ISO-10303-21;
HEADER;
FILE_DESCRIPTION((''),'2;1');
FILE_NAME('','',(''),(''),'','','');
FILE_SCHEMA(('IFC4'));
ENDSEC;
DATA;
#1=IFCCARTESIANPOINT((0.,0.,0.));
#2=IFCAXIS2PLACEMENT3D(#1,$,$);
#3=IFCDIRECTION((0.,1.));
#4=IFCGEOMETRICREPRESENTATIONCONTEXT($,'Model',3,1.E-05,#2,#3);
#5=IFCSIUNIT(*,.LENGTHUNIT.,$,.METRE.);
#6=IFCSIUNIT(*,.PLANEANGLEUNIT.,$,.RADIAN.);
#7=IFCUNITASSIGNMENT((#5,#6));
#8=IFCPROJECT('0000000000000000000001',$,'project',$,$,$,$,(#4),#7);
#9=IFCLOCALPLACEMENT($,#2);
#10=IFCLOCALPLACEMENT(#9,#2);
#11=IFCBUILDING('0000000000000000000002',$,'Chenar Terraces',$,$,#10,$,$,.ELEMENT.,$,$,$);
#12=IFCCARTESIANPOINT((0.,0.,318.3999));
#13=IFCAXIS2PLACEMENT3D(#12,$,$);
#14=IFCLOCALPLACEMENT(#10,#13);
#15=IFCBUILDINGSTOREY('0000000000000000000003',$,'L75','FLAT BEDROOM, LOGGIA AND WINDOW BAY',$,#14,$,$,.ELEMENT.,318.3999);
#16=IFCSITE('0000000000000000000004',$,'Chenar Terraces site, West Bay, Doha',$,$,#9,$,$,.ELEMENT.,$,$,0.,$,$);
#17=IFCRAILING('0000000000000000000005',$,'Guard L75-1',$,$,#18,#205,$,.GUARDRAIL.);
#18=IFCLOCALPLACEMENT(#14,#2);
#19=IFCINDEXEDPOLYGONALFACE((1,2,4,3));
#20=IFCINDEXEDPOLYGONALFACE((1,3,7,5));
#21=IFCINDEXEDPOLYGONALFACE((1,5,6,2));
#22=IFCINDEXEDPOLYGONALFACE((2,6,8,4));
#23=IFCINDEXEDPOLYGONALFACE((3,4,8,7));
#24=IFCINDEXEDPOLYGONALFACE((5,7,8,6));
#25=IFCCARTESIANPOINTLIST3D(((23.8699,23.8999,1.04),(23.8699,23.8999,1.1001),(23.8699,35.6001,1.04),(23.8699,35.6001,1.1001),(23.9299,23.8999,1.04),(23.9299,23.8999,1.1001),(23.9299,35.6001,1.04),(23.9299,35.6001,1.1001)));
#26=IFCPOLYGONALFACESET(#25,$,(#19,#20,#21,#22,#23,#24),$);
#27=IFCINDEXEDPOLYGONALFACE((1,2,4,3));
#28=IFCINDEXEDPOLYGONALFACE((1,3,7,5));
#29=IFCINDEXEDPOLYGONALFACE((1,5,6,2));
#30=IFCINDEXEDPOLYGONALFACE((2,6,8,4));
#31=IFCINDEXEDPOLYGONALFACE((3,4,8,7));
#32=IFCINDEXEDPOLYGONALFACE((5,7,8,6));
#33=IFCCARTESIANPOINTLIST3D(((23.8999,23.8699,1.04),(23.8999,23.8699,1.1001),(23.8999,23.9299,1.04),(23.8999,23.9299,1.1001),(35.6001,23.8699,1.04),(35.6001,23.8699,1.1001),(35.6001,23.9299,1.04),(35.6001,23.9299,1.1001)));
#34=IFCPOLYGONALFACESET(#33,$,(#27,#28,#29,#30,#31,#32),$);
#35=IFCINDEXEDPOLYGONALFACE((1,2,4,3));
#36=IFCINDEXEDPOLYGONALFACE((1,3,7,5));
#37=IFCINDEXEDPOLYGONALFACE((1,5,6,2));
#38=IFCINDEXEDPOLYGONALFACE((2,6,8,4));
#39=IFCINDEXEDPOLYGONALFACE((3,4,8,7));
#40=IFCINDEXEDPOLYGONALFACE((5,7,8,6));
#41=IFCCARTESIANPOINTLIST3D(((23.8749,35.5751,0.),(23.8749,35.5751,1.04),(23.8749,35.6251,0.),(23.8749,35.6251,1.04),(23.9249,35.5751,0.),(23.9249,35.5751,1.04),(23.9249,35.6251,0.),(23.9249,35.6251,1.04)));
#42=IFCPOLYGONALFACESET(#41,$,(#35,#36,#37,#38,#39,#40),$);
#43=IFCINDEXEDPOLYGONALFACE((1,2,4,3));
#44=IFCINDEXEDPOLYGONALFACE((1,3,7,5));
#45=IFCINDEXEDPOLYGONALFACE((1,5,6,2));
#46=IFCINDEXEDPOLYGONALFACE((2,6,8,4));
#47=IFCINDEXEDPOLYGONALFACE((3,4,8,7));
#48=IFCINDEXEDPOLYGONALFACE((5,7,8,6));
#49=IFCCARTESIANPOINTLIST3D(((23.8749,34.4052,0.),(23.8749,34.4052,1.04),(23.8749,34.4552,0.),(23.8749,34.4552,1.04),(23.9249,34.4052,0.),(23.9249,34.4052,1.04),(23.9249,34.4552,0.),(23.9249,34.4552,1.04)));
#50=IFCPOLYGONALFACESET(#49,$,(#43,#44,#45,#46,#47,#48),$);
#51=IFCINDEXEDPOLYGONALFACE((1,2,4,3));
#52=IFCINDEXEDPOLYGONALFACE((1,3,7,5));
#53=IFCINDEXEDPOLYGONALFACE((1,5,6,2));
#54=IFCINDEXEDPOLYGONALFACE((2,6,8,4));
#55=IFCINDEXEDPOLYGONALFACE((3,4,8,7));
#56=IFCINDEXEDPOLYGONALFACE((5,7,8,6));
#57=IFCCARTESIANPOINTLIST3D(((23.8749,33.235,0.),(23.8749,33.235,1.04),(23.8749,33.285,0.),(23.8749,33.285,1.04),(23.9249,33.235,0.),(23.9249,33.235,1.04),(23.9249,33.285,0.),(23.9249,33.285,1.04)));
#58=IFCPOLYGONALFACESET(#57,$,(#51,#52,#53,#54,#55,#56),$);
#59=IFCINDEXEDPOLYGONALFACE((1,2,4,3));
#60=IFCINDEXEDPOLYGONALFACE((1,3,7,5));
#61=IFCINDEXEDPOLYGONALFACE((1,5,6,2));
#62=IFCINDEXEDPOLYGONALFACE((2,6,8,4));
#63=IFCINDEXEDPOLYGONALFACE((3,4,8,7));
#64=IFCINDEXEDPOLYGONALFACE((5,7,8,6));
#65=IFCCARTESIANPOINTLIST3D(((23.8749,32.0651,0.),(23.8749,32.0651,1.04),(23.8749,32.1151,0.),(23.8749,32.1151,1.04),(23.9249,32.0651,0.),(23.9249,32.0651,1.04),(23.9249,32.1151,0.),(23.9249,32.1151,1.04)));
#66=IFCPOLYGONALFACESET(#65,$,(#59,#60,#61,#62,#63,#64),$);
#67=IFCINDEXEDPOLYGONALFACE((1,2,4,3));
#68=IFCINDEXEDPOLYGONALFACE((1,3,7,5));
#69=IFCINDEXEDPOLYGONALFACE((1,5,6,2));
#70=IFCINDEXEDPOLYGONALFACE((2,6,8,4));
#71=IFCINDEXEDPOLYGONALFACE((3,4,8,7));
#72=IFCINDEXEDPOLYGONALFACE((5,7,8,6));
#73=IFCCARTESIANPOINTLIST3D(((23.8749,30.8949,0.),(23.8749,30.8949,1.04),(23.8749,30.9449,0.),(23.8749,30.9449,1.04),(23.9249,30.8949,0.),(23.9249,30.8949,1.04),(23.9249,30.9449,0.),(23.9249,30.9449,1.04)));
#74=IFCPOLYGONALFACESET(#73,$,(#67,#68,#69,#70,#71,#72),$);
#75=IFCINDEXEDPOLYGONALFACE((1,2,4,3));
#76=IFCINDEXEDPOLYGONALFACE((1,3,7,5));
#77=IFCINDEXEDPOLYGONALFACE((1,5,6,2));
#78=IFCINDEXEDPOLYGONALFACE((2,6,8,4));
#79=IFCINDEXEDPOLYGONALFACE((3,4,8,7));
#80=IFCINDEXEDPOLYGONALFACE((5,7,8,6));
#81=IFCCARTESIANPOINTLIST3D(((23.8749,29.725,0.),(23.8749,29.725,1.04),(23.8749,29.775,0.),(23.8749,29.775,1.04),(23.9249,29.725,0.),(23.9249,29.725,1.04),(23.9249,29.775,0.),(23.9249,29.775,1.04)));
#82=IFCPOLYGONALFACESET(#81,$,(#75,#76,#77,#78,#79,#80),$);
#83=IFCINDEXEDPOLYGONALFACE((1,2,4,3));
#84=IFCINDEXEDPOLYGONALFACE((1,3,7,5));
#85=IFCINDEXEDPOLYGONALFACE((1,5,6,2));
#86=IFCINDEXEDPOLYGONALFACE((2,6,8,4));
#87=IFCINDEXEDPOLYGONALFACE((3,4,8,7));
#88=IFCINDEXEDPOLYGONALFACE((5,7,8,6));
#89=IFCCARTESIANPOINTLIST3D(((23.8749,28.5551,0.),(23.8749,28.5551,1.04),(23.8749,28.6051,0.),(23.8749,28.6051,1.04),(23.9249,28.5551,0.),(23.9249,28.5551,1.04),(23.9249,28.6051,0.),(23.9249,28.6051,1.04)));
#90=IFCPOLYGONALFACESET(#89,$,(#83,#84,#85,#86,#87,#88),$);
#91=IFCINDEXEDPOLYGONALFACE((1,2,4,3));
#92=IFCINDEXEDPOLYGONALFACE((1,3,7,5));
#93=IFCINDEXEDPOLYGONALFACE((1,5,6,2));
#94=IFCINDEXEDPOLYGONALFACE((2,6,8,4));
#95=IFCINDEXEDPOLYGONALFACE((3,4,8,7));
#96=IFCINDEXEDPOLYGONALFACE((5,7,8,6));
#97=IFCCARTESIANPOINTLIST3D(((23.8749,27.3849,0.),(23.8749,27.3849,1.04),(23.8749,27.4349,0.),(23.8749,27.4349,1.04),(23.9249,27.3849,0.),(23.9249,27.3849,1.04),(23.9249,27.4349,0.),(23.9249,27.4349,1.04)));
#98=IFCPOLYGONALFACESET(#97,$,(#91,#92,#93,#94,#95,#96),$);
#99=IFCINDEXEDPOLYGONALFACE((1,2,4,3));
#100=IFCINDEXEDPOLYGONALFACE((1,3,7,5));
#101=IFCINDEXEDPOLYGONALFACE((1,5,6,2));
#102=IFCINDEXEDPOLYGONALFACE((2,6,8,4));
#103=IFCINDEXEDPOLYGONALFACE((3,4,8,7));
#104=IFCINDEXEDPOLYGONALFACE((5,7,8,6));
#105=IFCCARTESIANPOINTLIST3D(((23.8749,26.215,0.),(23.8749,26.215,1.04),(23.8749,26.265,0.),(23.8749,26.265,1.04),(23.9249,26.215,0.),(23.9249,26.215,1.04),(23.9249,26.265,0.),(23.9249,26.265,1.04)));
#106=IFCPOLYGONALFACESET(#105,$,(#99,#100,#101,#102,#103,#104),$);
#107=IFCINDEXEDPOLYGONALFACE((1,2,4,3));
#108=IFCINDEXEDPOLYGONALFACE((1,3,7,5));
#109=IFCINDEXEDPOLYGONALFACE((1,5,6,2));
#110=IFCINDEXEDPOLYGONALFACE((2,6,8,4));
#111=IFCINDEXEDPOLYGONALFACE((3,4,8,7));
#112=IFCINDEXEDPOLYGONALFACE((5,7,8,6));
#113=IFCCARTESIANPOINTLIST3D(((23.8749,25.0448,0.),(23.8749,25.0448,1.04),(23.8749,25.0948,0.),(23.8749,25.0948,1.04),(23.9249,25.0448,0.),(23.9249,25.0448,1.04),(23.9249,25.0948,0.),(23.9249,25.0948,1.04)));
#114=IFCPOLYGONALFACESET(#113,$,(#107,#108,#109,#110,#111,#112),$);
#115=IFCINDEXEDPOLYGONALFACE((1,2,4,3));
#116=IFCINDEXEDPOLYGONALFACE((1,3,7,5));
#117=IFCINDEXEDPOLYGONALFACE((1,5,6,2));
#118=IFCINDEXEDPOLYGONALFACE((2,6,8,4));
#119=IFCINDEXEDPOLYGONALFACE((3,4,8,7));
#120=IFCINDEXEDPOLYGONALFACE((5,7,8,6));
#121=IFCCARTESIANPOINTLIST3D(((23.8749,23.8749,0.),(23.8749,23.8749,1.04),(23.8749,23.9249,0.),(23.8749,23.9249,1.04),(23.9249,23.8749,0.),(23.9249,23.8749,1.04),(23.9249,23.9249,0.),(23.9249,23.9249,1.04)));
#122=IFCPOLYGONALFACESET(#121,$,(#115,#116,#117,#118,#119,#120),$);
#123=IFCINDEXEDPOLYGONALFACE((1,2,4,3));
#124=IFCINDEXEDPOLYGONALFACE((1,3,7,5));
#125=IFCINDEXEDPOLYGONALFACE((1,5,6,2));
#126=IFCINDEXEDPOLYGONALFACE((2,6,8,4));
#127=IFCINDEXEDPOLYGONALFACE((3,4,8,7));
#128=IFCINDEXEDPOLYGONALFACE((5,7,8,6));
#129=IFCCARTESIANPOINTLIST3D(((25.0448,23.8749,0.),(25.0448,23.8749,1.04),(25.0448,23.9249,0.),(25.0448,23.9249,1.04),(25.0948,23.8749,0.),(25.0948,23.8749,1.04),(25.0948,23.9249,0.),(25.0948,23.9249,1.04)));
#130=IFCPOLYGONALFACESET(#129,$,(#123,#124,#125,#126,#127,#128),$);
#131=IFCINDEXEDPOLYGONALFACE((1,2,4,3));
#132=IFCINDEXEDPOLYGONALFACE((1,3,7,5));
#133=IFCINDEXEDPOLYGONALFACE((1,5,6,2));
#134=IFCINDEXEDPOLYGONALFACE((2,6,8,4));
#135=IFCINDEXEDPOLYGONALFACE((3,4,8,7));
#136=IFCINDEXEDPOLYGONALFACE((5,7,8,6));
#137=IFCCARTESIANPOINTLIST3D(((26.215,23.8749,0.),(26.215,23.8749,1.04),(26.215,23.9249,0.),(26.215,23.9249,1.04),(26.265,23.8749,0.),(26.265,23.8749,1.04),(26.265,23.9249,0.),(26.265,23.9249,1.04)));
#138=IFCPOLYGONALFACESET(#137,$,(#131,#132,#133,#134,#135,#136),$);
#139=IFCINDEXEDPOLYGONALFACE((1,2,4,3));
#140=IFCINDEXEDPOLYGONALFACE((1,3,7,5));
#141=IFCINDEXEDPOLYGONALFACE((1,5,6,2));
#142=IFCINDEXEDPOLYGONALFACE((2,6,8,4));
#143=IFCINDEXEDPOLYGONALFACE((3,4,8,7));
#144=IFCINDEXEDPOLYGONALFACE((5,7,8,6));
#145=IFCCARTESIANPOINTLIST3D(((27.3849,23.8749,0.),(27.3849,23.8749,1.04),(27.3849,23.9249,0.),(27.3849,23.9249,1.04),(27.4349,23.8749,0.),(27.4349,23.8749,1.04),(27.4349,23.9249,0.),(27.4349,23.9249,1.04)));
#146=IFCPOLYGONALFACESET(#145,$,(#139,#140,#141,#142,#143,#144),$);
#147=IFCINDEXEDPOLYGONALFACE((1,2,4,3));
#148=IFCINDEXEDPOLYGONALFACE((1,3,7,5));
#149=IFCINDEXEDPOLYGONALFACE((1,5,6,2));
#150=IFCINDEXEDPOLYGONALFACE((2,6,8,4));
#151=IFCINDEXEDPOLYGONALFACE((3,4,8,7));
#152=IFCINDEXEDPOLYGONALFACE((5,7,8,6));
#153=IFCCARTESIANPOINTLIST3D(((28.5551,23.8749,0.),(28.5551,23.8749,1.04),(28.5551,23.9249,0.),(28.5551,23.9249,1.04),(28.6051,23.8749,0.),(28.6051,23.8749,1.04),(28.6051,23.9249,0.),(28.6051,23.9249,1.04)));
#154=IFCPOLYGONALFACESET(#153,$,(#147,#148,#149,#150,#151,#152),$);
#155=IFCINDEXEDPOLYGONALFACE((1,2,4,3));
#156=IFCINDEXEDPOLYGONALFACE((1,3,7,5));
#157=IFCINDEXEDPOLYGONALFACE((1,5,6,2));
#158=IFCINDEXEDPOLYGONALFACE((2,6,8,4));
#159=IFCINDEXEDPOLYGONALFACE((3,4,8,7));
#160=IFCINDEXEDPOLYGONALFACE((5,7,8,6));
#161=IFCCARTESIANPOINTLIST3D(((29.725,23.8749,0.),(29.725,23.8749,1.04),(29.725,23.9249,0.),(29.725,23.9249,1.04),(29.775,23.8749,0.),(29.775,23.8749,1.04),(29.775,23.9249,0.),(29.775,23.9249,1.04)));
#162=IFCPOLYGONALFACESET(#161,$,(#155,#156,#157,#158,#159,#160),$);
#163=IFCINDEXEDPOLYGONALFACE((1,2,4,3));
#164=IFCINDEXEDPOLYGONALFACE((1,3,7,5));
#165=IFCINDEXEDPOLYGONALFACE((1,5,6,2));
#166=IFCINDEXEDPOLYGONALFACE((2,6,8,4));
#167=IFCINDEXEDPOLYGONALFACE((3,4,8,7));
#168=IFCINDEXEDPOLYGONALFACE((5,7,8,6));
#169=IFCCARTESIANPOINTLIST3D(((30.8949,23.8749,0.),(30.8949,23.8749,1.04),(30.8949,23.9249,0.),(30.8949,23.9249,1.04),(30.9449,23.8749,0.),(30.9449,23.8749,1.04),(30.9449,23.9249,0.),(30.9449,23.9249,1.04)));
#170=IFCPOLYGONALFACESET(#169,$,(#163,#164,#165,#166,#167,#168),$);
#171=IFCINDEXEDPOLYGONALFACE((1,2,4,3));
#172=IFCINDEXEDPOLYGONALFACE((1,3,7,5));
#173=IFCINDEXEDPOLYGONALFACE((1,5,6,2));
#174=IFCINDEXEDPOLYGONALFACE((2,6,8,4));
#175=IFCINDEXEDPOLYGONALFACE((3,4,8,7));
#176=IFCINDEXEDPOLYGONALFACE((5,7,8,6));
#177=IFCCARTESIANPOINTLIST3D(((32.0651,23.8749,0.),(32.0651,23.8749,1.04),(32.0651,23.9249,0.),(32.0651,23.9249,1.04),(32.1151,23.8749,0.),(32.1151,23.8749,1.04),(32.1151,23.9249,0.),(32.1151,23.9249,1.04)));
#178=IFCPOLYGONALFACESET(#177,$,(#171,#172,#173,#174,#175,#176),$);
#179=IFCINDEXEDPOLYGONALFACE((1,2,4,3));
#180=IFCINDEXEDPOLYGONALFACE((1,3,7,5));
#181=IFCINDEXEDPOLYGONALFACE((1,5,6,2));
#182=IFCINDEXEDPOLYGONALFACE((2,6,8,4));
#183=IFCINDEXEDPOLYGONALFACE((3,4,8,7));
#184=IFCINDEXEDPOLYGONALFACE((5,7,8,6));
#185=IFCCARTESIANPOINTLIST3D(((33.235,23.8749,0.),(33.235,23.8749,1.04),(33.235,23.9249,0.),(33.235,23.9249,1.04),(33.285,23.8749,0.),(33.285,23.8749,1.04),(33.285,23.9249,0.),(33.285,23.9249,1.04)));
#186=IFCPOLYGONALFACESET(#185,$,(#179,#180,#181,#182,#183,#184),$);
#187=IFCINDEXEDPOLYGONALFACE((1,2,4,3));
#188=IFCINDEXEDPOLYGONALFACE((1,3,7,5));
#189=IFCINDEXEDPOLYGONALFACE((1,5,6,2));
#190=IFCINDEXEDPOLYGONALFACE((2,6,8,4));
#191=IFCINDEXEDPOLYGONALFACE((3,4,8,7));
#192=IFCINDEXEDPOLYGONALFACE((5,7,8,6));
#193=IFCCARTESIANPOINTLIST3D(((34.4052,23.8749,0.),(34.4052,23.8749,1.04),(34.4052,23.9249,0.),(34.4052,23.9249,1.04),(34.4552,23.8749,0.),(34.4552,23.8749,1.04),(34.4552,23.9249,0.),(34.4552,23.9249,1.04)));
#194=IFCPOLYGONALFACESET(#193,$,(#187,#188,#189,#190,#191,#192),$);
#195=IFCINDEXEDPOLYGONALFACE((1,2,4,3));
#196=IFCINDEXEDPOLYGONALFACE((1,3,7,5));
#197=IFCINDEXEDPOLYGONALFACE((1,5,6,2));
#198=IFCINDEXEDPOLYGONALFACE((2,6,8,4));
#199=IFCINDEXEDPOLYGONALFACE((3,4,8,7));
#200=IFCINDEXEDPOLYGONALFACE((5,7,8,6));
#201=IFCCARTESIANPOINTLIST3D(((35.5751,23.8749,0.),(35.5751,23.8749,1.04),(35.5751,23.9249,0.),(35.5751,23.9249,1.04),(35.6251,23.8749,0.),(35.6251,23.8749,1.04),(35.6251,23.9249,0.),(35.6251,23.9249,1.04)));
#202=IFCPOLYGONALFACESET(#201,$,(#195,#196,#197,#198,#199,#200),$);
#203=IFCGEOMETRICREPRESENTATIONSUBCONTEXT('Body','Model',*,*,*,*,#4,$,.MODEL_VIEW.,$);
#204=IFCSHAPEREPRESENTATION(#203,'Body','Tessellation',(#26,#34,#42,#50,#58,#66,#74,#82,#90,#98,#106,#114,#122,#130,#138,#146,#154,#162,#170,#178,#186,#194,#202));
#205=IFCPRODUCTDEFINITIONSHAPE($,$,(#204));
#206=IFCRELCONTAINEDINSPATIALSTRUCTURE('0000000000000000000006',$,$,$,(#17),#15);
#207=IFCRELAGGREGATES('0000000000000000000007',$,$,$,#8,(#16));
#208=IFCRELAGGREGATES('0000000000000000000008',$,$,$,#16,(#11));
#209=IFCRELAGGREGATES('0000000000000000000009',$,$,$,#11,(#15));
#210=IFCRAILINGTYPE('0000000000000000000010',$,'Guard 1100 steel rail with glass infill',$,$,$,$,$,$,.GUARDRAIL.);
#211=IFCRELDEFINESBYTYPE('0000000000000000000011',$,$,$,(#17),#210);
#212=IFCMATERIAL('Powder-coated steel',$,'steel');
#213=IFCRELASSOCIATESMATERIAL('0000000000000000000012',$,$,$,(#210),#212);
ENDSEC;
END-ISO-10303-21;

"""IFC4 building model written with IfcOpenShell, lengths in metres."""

from ifc_helpers import new_model, si_unit, direction, frame, origin, origin_2d, place, context, subcontext, project, spatial, rectangle, extrude, material, type_object, element, save


model = new_model("IFC4")

# Units and contexts
model_context = context("Model", 3, precision=1e-05, world=origin(), true_north=direction((0.0, 1.0)))
body_context = subcontext(model_context, "Body", "Model", "MODEL_VIEW")
ifc_project = project(units=[si_unit("LENGTHUNIT", "METRE"), si_unit("PLANEANGLEUNIT", "RADIAN")], contexts=[model_context])

# Site, building, storey
site_placement = place(None, origin())
site = spatial("IfcSite", under=ifc_project, at=site_placement, Name="Chenar Terraces site, West Bay, Doha", CompositionType="ELEMENT", RefElevation=0.0)
building_placement = place(site_placement, origin())
building = spatial("IfcBuilding", under=site, at=building_placement, Name="Chenar Terraces", CompositionType="ELEMENT")
storey_placement = place(building_placement, frame((0.0, 0.0, 318.3999)))
storey = spatial("IfcBuildingStorey", under=building, at=storey_placement, Name="L75", Description="FLAT BEDROOM, LOGGIA AND WINDOW BAY", CompositionType="ELEMENT", Elevation=318.3999)

# Railing
ifc_material_1 = material(Name="Powder-coated steel", Category="steel")
railing_type = type_object("IfcRailingType", Name="Guard 1100 steel rail with glass infill", PredefinedType="GUARDRAIL", material=ifc_material_1)
railing_placement = place(storey_placement, frame((23.8999, 35.6001, 0.0)))
element("IfcRailing", 1, at=railing_placement, inside=storey, type_object=railing_type, Name="Guard L75-1", PredefinedType="GUARDRAIL", context=body_context, shape_type="SweptSolid", body=[
    extrude(rectangle(XDim=0.0601, YDim=0.0601, at=origin_2d()), frame((0.0, 0.0, 1.0701), z_axis=(0.0, -1.0, 0.0), x_axis=(1.0, 0.0, 0.0)), (0.0, 0.0, 1.0), 11.7002),
    extrude(rectangle(XDim=0.0601, YDim=0.0601, at=origin_2d()), frame((0.0, -11.7002, 1.0701), z_axis=(1.0, 0.0, 0.0), x_axis=(0.0, 1.0, 0.0)), (0.0, 0.0, 1.0), 11.7002),
    extrude(rectangle(XDim=0.05, YDim=0.05, at=origin_2d()), origin(), (0.0, 0.0, 1.0), 1.04),
    extrude(rectangle(XDim=0.05, YDim=0.05, at=origin_2d()), frame((0.0, -1.1699, 0.0)), (0.0, 0.0, 1.0), 1.04),
    extrude(rectangle(XDim=0.05, YDim=0.05, at=origin_2d()), frame((0.0, -2.3401, 0.0)), (0.0, 0.0, 1.0), 1.04),
    extrude(rectangle(XDim=0.05, YDim=0.05, at=origin_2d()), frame((0.0, -3.51, 0.0)), (0.0, 0.0, 1.0), 1.04),
    extrude(rectangle(XDim=0.05, YDim=0.05, at=origin_2d()), frame((0.0, -4.6802, 0.0)), (0.0, 0.0, 1.0), 1.04),
    extrude(rectangle(XDim=0.05, YDim=0.05, at=origin_2d()), frame((0.0, -5.8501, 0.0)), (0.0, 0.0, 1.0), 1.04),
    extrude(rectangle(XDim=0.05, YDim=0.05, at=origin_2d()), frame((0.0, -7.02, 0.0)), (0.0, 0.0, 1.0), 1.04),
    extrude(rectangle(XDim=0.05, YDim=0.05, at=origin_2d()), frame((0.0, -8.1902, 0.0)), (0.0, 0.0, 1.0), 1.04),
    extrude(rectangle(XDim=0.05, YDim=0.05, at=origin_2d()), frame((0.0, -9.3601, 0.0)), (0.0, 0.0, 1.0), 1.04),
    extrude(rectangle(XDim=0.05, YDim=0.05, at=origin_2d()), frame((0.0, -10.5303, 0.0)), (0.0, 0.0, 1.0), 1.04),
    extrude(rectangle(XDim=0.05, YDim=0.05, at=origin_2d()), frame((0.0, -11.7002, 0.0)), (0.0, 0.0, 1.0), 1.04),
    extrude(rectangle(XDim=0.05, YDim=0.05, at=origin_2d()), frame((1.1699, -11.7002, 0.0)), (0.0, 0.0, 1.0), 1.04),
    extrude(rectangle(XDim=0.05, YDim=0.05, at=origin_2d()), frame((2.3401, -11.7002, 0.0)), (0.0, 0.0, 1.0), 1.04),
    extrude(rectangle(XDim=0.05, YDim=0.05, at=origin_2d()), frame((3.51, -11.7002, 0.0)), (0.0, 0.0, 1.0), 1.04),
    extrude(rectangle(XDim=0.05, YDim=0.05, at=origin_2d()), frame((4.6802, -11.7002, 0.0)), (0.0, 0.0, 1.0), 1.04),
    extrude(rectangle(XDim=0.05, YDim=0.05, at=origin_2d()), frame((5.8501, -11.7002, 0.0)), (0.0, 0.0, 1.0), 1.04),
    extrude(rectangle(XDim=0.05, YDim=0.05, at=origin_2d()), frame((7.02, -11.7002, 0.0)), (0.0, 0.0, 1.0), 1.04),
    extrude(rectangle(XDim=0.05, YDim=0.05, at=origin_2d()), frame((8.1902, -11.7002, 0.0)), (0.0, 0.0, 1.0), 1.04),
    extrude(rectangle(XDim=0.05, YDim=0.05, at=origin_2d()), frame((9.3601, -11.7002, 0.0)), (0.0, 0.0, 1.0), 1.04),
    extrude(rectangle(XDim=0.05, YDim=0.05, at=origin_2d()), frame((10.5303, -11.7002, 0.0)), (0.0, 0.0, 1.0), 1.04),
    extrude(rectangle(XDim=0.05, YDim=0.05, at=origin_2d()), frame((11.7002, -11.7002, 0.0)), (0.0, 0.0, 1.0), 1.04),
])

save(model, "model.ifc")
